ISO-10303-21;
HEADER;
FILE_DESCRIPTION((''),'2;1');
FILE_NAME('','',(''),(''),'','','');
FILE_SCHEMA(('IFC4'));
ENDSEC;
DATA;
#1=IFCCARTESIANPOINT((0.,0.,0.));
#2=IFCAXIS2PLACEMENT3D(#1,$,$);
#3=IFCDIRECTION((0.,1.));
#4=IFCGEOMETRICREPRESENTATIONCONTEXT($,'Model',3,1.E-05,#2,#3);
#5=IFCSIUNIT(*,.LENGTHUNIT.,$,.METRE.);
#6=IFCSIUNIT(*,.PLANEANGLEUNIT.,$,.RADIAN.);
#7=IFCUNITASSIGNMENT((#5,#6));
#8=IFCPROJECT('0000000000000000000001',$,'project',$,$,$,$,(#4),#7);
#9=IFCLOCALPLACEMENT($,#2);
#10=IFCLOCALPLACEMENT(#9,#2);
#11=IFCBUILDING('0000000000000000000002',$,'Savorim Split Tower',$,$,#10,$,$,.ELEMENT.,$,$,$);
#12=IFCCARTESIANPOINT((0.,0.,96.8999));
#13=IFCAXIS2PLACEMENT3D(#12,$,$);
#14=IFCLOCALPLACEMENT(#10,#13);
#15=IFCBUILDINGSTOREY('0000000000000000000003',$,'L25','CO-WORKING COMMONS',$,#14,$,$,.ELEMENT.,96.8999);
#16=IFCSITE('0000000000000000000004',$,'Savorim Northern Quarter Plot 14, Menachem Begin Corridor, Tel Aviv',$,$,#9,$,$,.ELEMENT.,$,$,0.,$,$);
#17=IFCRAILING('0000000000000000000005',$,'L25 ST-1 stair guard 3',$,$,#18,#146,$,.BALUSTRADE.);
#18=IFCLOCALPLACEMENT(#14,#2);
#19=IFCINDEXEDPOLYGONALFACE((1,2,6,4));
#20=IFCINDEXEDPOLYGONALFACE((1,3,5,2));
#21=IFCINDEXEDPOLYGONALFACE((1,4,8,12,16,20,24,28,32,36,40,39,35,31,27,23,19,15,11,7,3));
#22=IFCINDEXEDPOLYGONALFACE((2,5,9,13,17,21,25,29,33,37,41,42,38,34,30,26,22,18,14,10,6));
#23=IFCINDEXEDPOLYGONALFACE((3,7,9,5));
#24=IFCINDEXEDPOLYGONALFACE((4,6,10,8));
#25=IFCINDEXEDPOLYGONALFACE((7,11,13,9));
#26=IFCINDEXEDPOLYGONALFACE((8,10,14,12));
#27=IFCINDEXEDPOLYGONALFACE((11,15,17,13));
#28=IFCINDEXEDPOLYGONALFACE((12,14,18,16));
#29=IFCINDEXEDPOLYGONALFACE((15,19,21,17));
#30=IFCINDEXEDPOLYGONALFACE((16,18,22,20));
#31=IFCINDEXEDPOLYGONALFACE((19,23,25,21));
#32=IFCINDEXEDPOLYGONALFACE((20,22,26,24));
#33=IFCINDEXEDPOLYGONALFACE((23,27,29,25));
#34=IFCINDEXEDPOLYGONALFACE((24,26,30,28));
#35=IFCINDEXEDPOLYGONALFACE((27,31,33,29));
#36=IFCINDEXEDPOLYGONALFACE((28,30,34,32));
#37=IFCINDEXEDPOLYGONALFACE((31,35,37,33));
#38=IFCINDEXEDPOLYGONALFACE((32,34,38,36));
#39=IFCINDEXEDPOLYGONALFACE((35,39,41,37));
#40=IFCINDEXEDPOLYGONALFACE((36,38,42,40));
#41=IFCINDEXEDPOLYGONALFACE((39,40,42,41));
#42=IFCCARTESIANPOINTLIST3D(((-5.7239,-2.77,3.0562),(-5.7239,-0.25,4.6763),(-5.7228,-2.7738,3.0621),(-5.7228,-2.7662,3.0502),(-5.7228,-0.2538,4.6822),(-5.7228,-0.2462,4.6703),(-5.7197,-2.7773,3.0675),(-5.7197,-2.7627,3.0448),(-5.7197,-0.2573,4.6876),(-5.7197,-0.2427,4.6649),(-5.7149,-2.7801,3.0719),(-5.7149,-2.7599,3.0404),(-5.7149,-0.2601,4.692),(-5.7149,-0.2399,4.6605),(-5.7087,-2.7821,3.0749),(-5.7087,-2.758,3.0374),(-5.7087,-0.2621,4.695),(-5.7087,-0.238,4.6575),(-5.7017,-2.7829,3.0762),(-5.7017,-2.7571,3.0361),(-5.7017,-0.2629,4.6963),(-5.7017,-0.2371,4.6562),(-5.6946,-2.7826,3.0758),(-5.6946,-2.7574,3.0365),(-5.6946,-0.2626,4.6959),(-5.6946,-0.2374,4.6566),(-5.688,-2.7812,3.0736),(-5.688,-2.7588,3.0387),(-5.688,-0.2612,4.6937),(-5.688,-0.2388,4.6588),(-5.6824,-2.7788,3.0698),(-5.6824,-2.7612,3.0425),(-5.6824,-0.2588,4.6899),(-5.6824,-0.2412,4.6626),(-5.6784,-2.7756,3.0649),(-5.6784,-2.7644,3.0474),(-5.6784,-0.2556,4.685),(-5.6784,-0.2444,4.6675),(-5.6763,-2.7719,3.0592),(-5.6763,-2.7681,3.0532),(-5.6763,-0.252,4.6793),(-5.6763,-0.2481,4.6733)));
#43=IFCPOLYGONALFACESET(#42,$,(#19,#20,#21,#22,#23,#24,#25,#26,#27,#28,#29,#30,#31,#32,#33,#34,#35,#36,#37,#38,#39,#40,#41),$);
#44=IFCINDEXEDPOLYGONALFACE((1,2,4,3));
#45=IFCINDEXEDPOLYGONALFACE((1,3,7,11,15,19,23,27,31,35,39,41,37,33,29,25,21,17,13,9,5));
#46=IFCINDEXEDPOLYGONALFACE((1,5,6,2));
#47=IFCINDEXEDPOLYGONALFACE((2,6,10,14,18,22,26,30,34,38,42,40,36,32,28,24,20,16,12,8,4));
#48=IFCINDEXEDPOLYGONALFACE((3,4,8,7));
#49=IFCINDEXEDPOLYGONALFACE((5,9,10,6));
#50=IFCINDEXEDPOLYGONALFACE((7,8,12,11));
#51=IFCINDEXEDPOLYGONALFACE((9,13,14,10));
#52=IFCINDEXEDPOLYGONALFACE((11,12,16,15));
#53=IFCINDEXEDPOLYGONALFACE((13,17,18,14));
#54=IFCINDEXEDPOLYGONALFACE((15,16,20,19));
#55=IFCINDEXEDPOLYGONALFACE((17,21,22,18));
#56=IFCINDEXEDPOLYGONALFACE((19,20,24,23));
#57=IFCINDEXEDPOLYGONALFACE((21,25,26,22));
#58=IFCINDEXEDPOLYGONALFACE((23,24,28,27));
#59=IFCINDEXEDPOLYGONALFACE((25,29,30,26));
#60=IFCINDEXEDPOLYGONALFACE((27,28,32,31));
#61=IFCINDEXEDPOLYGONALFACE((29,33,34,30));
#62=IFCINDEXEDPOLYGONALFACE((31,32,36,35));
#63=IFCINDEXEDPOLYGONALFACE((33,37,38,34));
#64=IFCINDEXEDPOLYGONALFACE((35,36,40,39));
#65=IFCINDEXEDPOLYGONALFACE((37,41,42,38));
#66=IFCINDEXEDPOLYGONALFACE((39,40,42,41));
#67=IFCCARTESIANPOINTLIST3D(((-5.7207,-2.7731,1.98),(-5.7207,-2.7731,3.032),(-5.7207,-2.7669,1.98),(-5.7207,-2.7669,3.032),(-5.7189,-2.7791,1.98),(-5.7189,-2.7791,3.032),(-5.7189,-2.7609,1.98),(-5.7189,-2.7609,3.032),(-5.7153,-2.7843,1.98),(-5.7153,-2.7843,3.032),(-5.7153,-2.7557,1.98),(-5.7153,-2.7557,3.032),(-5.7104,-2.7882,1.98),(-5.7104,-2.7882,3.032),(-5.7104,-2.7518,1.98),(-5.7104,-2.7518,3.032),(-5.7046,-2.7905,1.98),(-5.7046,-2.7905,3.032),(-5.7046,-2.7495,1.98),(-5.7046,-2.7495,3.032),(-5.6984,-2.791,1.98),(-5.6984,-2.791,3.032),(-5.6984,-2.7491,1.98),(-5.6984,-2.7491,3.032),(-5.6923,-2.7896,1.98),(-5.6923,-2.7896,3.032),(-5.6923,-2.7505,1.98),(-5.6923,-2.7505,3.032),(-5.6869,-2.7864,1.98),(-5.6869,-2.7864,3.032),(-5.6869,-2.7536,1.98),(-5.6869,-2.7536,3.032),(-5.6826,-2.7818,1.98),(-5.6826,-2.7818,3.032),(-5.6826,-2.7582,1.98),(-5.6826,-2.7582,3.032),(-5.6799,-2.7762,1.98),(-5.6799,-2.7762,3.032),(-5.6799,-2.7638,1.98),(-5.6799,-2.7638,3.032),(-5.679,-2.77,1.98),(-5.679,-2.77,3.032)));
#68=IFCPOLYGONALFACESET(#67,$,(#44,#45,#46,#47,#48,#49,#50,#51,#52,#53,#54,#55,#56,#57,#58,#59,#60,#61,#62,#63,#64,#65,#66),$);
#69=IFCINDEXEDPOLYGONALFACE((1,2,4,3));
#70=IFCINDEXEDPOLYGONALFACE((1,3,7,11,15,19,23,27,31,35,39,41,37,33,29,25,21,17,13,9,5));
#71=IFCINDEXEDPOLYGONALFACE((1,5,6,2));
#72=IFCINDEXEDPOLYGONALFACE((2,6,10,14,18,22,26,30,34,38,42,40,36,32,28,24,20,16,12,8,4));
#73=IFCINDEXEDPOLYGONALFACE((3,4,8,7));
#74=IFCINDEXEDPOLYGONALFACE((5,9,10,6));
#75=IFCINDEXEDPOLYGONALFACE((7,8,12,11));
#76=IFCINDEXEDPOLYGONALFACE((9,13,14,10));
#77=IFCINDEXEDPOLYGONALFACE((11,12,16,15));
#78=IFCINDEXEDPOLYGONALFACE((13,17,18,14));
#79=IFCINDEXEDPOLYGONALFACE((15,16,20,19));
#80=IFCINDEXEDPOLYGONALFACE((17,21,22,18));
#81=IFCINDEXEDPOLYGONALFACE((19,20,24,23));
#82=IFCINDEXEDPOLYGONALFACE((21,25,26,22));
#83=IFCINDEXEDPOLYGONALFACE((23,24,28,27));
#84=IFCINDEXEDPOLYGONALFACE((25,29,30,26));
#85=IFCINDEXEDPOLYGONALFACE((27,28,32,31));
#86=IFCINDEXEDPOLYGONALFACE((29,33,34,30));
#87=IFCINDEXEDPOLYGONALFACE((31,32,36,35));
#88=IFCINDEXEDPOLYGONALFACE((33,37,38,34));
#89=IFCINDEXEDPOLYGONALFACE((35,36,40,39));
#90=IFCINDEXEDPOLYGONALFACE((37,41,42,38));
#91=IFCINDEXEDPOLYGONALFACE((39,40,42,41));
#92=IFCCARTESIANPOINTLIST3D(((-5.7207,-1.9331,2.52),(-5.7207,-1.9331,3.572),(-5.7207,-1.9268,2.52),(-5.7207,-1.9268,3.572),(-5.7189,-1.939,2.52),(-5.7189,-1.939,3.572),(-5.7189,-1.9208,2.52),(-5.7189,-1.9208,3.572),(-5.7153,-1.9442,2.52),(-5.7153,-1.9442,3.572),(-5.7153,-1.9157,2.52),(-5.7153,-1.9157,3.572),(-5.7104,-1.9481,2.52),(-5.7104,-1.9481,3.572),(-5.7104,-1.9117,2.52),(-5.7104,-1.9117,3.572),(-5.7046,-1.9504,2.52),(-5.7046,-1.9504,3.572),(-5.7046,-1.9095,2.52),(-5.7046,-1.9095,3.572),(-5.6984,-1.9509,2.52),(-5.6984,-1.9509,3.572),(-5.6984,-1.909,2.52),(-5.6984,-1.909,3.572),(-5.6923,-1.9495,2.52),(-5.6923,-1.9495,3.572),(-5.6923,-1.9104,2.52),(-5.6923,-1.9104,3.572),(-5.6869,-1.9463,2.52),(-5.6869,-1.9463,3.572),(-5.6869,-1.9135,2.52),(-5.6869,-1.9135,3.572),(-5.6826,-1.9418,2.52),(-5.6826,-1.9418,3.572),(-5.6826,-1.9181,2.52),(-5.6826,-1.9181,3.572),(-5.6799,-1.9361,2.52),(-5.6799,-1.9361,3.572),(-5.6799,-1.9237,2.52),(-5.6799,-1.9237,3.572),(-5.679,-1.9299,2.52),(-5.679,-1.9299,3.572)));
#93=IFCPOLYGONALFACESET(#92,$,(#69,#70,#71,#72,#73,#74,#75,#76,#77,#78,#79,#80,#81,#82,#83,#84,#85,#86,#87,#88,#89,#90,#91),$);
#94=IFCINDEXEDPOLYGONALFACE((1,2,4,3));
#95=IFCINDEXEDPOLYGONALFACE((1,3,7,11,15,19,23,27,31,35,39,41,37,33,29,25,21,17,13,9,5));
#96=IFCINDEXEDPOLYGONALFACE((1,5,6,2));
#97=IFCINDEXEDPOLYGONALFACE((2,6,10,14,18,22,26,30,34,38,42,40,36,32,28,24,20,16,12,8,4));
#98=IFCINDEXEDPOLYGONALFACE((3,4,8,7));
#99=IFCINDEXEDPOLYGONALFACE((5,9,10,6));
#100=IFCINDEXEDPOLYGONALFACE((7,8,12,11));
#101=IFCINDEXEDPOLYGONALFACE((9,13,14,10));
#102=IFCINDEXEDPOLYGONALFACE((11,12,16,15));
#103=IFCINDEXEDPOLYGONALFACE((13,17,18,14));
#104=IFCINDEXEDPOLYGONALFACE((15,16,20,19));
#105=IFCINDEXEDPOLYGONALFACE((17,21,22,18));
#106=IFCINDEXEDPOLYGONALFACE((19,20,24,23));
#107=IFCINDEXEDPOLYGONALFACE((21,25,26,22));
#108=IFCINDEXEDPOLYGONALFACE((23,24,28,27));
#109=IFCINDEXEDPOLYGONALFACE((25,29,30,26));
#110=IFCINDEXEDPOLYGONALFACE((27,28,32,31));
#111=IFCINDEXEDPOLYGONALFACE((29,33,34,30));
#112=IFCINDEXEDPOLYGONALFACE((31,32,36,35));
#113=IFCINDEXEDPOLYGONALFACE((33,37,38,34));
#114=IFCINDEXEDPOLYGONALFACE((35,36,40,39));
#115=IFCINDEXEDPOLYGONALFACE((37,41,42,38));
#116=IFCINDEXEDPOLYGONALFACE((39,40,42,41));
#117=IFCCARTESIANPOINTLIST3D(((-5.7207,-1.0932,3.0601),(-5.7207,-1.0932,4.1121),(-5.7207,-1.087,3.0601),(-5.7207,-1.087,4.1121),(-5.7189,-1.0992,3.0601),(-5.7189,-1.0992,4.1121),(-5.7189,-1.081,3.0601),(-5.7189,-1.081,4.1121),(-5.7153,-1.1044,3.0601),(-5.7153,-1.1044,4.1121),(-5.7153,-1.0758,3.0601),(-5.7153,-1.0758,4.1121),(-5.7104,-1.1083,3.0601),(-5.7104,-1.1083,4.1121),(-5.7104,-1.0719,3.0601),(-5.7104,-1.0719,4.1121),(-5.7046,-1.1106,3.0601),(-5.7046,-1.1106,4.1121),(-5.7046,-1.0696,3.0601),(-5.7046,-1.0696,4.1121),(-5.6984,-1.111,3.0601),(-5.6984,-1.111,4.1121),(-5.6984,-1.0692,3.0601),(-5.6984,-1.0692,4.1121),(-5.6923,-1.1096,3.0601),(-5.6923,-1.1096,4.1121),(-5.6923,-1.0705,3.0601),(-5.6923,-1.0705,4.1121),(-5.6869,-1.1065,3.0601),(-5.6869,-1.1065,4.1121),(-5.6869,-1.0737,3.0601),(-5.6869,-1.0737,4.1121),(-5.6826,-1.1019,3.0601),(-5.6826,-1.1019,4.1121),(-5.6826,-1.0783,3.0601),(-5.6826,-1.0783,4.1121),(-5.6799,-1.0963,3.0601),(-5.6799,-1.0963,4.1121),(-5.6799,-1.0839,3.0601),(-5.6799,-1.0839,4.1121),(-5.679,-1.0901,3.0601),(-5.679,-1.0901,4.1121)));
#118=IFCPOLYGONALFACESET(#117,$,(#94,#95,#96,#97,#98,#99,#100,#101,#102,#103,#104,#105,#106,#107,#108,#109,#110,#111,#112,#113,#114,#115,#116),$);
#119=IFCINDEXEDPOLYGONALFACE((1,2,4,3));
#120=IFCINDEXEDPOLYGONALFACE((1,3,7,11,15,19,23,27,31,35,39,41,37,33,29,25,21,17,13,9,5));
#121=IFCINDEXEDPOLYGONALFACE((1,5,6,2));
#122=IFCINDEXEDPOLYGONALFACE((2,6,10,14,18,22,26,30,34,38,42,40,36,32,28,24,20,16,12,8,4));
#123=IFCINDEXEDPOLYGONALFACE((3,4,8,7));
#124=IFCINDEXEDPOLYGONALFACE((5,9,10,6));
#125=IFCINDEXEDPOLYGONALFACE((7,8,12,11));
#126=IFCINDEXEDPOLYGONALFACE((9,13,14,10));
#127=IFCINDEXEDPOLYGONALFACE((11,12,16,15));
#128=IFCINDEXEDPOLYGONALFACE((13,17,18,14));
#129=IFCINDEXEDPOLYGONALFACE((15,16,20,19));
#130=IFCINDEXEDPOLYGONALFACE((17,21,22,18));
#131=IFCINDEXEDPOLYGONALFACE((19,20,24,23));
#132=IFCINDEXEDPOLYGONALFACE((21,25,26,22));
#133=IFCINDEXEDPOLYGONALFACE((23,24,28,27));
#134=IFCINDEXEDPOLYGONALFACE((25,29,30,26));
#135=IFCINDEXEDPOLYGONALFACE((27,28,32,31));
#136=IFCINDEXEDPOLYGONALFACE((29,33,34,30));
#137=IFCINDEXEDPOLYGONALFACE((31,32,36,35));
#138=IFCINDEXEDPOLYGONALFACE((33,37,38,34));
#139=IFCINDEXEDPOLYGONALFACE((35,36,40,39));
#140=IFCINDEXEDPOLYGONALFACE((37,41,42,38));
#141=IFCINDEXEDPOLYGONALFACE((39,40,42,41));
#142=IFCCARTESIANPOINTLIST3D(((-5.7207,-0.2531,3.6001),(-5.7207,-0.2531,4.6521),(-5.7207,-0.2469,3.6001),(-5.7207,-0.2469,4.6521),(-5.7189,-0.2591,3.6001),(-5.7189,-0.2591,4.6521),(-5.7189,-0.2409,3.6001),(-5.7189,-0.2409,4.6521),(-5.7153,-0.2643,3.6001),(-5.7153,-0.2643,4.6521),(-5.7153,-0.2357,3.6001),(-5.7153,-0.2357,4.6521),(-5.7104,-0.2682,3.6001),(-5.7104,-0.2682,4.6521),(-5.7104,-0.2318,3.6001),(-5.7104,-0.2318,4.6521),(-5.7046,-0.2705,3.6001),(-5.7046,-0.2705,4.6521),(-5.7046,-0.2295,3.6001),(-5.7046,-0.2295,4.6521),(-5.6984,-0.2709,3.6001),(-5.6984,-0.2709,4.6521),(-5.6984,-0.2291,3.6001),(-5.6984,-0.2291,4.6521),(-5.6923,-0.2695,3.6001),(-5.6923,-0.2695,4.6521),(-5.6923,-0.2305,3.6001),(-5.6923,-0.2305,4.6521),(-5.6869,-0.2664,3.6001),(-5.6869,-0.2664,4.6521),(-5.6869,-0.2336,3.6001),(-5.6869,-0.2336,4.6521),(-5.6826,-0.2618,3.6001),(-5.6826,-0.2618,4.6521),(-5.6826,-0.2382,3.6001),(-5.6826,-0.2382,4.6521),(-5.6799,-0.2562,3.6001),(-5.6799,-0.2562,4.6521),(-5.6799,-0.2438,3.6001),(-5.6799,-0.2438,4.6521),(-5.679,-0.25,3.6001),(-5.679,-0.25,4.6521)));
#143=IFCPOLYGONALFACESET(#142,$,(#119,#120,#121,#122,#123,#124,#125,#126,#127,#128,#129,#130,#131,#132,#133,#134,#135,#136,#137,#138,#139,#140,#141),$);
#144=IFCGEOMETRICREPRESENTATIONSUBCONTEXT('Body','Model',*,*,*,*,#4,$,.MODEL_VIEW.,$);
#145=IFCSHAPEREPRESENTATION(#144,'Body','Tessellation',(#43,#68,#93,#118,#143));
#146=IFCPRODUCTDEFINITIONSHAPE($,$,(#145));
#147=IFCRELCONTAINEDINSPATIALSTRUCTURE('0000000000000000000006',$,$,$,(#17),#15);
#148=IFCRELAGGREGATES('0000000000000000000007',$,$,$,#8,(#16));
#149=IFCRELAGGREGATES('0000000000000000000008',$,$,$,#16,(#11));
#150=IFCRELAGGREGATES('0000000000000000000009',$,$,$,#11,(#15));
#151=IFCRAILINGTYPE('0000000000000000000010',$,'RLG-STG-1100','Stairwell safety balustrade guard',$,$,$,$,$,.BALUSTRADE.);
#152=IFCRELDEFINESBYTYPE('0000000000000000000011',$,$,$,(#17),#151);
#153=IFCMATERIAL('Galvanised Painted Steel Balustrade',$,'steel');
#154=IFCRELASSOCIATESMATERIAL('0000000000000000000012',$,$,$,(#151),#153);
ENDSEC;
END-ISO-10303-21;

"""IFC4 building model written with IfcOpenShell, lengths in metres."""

from ifc_helpers import new_model, si_unit, direction, frame, origin, origin_2d, place, context, subcontext, project, spatial, circle, extrude, material, type_object, element, save


model = new_model("IFC4")

# Units and contexts
model_context = context("Model", 3, precision=1e-05, world=origin(), true_north=direction((0.0, 1.0)))
body_context = subcontext(model_context, "Body", "Model", "MODEL_VIEW")
ifc_project = project(units=[si_unit("LENGTHUNIT", "METRE"), si_unit("PLANEANGLEUNIT", "RADIAN")], contexts=[model_context])

# Site, building, storey
site_placement = place(None, origin())
site = spatial("IfcSite", under=ifc_project, at=site_placement, Name="Savorim Northern Quarter Plot 14, Menachem Begin Corridor, Tel Aviv", CompositionType="ELEMENT", RefElevation=0.0)
building_placement = place(site_placement, origin())
building = spatial("IfcBuilding", under=site, at=building_placement, Name="Savorim Split Tower", CompositionType="ELEMENT")
storey_placement = place(building_placement, frame((0.0, 0.0, 96.8999)))
storey = spatial("IfcBuildingStorey", under=building, at=storey_placement, Name="L25", Description="CO-WORKING COMMONS", CompositionType="ELEMENT", Elevation=96.8999)

# Railing
ifc_material_1 = material(Name="Galvanised Painted Steel Balustrade", Category="steel")
railing_type_1 = type_object("IfcRailingType", Name="RLG-STG-1100", Description="Stairwell safety balustrade guard", PredefinedType="BALUSTRADE", material=ifc_material_1)
railing_1_placement = place(storey_placement, frame((-5.7, -2.77, 1.98)))
element("IfcRailing", 1, at=railing_1_placement, inside=storey, type_object=railing_type_1, Name="L25 ST-1 stair guard 3", PredefinedType="BALUSTRADE", context=body_context, shape_type="SweptSolid", body=[
    extrude(circle(Radius=0.0239, at=origin_2d()), frame((0.0, 0.0, 1.0762), z_axis=(0.0, 0.841163, 0.540782), x_axis=(-1.0, 0.0, 0.0)), (0.0, 0.0, 1.0), 2.9958),
    extrude(circle(Radius=0.021, at=origin_2d()), origin(), (0.0, 0.0, 1.0), 1.052),
    extrude(circle(Radius=0.021, at=origin_2d()), frame((0.0, 0.8401, 0.54)), (0.0, 0.0, 1.0), 1.052),
    extrude(circle(Radius=0.021, at=origin_2d()), frame((0.0, 1.6799, 1.0801)), (0.0, 0.0, 1.0), 1.052),
    extrude(circle(Radius=0.021, at=origin_2d()), frame((0.0, 2.52, 1.6201)), (0.0, 0.0, 1.0), 1.052),
])

save(model, "model.ifc")
